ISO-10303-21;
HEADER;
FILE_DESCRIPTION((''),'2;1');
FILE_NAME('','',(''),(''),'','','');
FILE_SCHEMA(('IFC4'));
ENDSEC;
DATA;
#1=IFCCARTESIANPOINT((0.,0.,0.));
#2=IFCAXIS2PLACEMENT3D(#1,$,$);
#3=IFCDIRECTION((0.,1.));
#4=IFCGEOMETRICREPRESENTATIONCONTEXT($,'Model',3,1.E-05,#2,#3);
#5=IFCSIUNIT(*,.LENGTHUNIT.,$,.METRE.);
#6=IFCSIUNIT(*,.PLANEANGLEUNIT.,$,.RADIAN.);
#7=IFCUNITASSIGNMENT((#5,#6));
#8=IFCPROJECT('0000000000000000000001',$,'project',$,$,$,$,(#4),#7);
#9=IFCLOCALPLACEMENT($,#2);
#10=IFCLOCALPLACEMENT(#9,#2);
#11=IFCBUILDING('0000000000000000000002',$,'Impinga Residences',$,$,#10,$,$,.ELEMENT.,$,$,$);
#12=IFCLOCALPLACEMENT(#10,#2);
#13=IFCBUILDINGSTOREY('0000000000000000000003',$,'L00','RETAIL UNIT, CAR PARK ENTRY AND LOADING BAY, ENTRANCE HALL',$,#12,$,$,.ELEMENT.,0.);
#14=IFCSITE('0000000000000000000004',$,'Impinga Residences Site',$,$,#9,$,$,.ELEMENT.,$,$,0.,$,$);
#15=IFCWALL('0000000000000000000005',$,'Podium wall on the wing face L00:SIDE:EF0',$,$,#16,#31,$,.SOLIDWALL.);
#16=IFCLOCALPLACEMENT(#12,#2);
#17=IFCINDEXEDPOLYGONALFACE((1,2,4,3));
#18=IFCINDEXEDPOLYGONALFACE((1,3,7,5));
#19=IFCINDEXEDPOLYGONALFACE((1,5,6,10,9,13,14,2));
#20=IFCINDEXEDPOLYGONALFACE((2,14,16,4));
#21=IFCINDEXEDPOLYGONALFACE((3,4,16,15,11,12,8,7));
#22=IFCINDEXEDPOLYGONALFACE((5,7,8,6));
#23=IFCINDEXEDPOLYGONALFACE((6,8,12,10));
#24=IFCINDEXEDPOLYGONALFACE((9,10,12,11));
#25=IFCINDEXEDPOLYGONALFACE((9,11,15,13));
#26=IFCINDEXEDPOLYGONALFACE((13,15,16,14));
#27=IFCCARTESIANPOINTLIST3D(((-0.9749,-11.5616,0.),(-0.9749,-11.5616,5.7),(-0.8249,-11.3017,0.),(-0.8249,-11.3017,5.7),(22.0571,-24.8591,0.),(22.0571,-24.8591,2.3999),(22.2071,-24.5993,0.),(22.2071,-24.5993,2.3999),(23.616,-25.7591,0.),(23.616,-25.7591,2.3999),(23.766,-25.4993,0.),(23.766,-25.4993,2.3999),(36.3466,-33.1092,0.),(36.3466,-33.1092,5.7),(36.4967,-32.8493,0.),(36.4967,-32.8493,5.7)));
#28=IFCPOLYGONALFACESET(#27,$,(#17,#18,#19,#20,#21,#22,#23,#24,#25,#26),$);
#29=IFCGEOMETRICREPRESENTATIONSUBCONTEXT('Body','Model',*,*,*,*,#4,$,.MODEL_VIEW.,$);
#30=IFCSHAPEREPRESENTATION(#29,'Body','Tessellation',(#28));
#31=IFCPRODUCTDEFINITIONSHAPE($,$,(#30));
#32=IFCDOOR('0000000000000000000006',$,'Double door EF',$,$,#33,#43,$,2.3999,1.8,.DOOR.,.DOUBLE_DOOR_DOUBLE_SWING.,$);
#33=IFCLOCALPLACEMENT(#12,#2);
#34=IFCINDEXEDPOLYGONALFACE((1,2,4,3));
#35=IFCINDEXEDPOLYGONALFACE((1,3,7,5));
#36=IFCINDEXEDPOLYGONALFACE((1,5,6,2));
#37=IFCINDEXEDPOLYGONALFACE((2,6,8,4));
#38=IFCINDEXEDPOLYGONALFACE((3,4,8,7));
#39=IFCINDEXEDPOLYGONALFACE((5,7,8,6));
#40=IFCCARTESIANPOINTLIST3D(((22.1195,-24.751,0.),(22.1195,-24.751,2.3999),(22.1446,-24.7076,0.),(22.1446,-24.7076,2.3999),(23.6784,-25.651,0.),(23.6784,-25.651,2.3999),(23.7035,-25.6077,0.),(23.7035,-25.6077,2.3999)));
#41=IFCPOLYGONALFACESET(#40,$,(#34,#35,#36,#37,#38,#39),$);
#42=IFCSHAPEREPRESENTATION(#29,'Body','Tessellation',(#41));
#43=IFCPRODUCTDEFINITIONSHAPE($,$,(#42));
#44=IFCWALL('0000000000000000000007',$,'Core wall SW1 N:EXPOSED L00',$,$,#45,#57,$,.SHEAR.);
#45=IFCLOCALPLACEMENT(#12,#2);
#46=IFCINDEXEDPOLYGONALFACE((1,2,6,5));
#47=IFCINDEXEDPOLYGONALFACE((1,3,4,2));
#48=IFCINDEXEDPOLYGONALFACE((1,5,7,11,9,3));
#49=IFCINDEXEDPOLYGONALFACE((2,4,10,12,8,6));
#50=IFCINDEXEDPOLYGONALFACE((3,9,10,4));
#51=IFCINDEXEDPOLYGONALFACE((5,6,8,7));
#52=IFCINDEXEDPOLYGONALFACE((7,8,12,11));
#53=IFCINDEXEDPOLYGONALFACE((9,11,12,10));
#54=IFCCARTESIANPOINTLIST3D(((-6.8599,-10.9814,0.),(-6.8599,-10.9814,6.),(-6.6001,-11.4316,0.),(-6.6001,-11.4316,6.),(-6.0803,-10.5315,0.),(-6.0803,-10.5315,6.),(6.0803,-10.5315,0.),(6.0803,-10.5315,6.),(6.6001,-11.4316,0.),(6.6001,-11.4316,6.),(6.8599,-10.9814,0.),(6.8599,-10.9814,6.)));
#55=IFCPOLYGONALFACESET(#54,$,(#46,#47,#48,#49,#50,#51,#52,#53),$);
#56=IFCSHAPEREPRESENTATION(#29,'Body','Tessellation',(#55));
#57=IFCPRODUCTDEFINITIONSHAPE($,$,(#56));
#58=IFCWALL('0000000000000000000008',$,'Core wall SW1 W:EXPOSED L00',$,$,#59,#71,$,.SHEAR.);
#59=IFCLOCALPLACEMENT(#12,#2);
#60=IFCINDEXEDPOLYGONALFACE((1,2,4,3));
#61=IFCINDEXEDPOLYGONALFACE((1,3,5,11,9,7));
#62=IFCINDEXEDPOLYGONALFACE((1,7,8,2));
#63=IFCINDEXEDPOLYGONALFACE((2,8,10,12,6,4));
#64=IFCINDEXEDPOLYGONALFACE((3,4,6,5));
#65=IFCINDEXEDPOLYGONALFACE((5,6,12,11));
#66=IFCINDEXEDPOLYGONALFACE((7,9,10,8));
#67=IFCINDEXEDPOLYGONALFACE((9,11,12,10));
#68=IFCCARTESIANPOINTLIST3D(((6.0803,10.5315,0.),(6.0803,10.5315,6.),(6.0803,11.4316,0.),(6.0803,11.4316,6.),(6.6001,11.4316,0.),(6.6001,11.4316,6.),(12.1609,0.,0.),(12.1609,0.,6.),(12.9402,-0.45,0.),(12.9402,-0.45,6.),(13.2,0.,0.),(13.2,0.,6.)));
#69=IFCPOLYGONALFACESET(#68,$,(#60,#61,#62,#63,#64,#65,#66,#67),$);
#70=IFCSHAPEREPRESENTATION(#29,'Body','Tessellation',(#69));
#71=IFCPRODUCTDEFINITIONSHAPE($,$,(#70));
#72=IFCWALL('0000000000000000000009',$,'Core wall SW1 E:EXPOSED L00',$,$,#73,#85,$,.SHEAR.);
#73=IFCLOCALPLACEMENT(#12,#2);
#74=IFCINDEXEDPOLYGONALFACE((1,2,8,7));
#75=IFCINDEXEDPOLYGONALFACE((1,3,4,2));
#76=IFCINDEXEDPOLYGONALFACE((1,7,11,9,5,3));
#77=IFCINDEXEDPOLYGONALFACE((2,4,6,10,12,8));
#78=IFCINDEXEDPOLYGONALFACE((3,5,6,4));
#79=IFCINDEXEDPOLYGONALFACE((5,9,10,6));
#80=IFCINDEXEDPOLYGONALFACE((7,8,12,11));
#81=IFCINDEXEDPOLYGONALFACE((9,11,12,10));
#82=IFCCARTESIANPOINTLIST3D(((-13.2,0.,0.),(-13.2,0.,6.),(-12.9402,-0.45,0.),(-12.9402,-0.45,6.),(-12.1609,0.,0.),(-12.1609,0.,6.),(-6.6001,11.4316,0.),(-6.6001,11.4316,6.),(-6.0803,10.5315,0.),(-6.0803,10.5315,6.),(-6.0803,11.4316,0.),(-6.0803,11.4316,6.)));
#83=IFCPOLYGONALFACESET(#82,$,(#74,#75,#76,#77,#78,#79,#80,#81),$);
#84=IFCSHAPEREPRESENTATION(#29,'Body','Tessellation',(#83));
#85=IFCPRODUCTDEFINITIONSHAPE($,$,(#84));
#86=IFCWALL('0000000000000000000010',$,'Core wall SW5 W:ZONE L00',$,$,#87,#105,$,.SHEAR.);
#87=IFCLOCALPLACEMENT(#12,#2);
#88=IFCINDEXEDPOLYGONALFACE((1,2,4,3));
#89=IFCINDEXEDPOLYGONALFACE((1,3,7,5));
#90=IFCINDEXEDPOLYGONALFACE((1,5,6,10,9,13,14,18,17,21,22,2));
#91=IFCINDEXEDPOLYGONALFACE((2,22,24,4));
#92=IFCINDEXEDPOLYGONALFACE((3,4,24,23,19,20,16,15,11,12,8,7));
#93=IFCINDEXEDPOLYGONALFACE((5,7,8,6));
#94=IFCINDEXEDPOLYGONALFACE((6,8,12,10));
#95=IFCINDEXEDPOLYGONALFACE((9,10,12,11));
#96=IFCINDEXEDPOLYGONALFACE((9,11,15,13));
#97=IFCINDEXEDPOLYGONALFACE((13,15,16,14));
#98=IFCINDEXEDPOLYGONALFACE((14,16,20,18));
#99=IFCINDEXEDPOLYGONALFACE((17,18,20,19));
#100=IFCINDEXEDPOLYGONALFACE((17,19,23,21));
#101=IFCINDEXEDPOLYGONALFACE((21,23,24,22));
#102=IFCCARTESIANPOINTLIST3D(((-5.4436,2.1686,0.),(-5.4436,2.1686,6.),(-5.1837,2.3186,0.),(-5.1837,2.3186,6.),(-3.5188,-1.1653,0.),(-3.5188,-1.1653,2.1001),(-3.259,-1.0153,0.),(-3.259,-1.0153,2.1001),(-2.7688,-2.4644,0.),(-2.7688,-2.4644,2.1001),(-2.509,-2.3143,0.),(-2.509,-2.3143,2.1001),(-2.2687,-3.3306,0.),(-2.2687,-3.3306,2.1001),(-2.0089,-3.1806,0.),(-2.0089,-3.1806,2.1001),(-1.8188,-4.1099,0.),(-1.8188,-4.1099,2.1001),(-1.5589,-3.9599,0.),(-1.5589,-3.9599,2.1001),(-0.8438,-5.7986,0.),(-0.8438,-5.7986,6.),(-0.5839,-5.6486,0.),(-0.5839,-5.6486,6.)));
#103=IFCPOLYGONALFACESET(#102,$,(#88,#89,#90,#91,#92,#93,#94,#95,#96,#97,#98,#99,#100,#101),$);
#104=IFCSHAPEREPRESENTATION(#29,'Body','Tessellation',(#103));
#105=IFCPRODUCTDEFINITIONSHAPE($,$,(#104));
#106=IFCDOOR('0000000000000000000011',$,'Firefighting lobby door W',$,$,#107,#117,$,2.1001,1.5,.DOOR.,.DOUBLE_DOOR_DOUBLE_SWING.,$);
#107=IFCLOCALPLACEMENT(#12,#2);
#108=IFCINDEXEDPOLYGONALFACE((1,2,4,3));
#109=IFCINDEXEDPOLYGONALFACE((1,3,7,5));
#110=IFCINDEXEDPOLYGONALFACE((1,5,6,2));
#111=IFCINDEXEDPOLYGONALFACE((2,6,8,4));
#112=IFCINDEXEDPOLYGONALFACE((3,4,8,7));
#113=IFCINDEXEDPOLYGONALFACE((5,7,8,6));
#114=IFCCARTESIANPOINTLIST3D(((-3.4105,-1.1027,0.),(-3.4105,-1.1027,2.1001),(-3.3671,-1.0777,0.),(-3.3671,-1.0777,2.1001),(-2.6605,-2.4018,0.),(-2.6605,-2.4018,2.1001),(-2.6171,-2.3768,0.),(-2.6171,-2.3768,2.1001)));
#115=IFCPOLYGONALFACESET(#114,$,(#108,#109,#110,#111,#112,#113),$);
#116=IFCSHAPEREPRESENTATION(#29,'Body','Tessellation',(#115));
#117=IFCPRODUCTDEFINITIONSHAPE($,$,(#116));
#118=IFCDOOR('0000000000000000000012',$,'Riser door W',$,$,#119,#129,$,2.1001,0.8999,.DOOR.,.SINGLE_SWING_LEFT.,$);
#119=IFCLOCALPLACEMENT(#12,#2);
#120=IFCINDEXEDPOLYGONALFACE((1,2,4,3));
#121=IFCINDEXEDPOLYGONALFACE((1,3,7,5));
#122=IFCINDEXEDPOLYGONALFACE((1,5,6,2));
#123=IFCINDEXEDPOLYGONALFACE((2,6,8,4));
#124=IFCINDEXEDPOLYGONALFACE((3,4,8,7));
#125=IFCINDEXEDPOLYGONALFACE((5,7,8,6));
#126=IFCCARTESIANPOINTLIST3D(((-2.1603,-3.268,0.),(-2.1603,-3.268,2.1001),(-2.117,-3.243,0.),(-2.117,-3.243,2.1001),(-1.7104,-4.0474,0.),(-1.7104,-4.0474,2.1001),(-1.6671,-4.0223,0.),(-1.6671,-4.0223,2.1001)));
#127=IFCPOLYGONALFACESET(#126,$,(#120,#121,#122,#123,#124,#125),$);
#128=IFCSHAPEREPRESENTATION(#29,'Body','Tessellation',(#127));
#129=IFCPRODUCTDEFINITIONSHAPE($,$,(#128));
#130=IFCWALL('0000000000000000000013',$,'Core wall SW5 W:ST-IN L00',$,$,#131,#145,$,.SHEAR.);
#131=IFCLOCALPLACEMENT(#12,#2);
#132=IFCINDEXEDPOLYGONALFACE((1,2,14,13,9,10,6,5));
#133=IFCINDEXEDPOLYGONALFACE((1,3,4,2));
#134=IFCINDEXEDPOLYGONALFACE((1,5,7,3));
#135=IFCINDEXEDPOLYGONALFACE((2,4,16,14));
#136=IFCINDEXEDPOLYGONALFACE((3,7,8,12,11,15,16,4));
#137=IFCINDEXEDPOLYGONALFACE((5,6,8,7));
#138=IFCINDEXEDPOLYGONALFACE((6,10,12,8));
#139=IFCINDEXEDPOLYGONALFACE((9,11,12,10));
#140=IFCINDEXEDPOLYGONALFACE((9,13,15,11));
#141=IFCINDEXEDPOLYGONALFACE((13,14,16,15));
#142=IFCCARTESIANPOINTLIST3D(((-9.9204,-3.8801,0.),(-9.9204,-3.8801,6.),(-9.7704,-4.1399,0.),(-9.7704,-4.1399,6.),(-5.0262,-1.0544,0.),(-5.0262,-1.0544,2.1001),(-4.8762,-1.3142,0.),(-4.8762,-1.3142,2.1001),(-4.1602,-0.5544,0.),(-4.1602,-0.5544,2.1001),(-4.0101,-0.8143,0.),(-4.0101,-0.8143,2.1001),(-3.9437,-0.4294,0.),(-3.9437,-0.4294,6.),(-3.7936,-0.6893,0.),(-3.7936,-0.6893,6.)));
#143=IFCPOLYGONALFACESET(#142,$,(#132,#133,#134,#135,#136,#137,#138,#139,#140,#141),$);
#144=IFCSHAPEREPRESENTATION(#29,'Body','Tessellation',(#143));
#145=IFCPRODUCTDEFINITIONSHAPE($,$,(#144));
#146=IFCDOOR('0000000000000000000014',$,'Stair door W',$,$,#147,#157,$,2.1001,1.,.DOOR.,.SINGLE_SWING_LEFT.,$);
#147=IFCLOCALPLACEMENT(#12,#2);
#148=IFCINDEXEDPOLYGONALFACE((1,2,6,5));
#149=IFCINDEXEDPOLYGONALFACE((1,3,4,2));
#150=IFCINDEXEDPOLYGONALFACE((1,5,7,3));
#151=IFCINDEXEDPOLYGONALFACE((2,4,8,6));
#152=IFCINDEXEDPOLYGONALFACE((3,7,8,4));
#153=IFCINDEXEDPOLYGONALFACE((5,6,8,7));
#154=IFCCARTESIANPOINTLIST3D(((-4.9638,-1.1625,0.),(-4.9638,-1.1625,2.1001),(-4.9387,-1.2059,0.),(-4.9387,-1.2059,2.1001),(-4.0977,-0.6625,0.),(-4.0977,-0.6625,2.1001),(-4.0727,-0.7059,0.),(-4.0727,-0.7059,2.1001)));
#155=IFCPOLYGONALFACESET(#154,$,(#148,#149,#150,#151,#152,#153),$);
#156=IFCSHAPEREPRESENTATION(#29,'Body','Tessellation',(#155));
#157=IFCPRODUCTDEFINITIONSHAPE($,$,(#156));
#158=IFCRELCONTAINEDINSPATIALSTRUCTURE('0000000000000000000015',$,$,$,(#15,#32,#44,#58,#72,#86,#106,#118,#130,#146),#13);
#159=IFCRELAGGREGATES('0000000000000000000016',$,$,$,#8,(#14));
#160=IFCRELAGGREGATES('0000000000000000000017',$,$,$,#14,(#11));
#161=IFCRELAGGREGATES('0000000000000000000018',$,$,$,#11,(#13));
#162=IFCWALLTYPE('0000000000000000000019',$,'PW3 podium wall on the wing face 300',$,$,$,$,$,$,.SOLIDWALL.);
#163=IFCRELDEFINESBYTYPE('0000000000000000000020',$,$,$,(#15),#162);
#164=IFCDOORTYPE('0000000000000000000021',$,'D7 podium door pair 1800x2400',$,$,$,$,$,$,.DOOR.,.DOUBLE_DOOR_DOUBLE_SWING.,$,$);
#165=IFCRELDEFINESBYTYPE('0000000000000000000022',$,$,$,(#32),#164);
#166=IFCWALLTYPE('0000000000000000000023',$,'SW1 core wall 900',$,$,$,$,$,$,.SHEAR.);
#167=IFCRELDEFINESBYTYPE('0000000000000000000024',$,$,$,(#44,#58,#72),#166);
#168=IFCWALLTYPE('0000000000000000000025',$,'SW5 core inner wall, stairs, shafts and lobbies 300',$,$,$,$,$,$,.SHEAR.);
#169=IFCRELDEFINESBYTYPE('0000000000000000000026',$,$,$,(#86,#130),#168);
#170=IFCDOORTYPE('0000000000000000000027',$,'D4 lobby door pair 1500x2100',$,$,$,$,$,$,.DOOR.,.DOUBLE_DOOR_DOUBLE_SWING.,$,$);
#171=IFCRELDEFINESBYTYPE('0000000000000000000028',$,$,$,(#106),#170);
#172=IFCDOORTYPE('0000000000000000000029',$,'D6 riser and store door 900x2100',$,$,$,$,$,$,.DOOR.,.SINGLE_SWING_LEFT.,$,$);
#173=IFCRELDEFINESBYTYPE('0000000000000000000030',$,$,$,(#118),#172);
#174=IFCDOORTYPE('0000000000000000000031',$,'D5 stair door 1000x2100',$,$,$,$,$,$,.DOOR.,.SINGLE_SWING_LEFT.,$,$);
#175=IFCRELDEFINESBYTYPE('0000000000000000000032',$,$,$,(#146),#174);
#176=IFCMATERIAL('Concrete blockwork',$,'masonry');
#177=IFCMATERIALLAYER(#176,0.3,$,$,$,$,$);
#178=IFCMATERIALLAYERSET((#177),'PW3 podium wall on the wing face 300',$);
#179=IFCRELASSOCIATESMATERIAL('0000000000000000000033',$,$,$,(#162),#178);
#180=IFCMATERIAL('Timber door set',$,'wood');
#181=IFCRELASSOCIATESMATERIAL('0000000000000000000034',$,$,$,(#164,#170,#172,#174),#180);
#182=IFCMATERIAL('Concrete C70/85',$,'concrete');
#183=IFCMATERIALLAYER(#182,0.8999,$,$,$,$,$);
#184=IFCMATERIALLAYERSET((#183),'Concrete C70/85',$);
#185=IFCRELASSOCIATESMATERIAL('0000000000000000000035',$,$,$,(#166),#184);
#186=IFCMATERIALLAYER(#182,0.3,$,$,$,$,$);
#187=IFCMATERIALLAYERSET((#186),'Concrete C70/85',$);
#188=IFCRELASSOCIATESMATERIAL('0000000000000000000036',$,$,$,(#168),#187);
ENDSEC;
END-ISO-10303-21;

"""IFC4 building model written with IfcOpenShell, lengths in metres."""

from ifc_helpers import new_model, si_unit, direction, frame, frame_2d, origin, place, context, subcontext, project, spatial, polyline, rectangle, outline, extrude, material, layer, layer_set, type_object, element, fill, save


model = new_model("IFC4")

# Units and contexts
model_context = context("Model", 3, precision=1e-05, world=origin(), true_north=direction((0.0, 1.0)))
body_context = subcontext(model_context, "Body", "Model", "MODEL_VIEW")
ifc_project = project(units=[si_unit("LENGTHUNIT", "METRE"), si_unit("PLANEANGLEUNIT", "RADIAN")], contexts=[model_context])

# Site, building, storey
site_placement = place(None, origin())
site = spatial("IfcSite", under=ifc_project, at=site_placement, Name="Impinga Residences Site", CompositionType="ELEMENT", RefElevation=0.0)
building_placement = place(site_placement, origin())
building = spatial("IfcBuilding", under=site, at=building_placement, Name="Impinga Residences", CompositionType="ELEMENT")
storey_placement = place(building_placement, origin())
storey = spatial("IfcBuildingStorey", under=building, at=storey_placement, Name="L00", Description="RETAIL UNIT, CAR PARK ENTRY AND LOADING BAY, ENTRANCE HALL", CompositionType="ELEMENT", Elevation=0.0)

# Wall, opening, door
ifc_material_1 = material(Name="Concrete blockwork", Category="masonry")
ifc_layer_1 = layer(ifc_material_1, 0.3)
ifc_layer_set_1 = layer_set([ifc_layer_1], Name="PW3 podium wall on the wing face 300")
wall_type_1 = type_object("IfcWallType", Name="PW3 podium wall on the wing face 300", PredefinedType="SOLIDWALL", material=ifc_layer_set_1)
wall_1_placement = place(storey_placement, frame((-0.8999, -11.4316, 0.0), z_axis=(0.0, 0.0, 1.0), x_axis=(0.866025, -0.5, 0.0)))
wall_1 = element("IfcWall", 1, at=wall_1_placement, inside=storey, type_object=wall_type_1, Name="Podium wall on the wing face L00:SIDE:EF0", PredefinedType="SOLIDWALL", context=body_context, shape_type="SweptSolid", body=[
    extrude(rectangle(XDim=43.0952, YDim=0.3, at=frame_2d((21.5476, 0.0))), origin(), (0.0, 0.0, 1.0), 5.7),
])
opening_1_placement = place(wall_1_placement, frame((26.5952, 0.0, 0.0)))
opening_1 = element("IfcOpeningElement", 2, at=opening_1_placement, cuts=wall_1, PredefinedType="OPENING", context=body_context, shape_type="SweptSolid", body=[
    extrude(rectangle(XDim=1.8, YDim=2.3999, at=frame_2d((0.8999, 1.2))), frame((0.0, 0.1599, 0.0), z_axis=(0.0, -1.0, 0.0), x_axis=(1.0, 0.0, 0.0)), (0.0, 0.0, 1.0), 0.3201),
])
ifc_material_2 = material(Name="Timber door set", Category="wood")
door_type_1 = type_object("IfcDoorType", Name="D7 podium door pair 1800x2400", OperationType="DOUBLE_DOOR_DOUBLE_SWING", PredefinedType="DOOR", material=ifc_material_2)
door_1_placement = place(opening_1_placement, origin())
door_1 = element("IfcDoor", 3, at=door_1_placement, inside=storey, type_object=door_type_1, Name="Double door EF", OperationType="DOUBLE_DOOR_DOUBLE_SWING", OverallHeight=2.3999, OverallWidth=1.8, PredefinedType="DOOR", context=body_context, shape_type="SweptSolid", body=[
    extrude(rectangle(XDim=1.8, YDim=2.3999, at=frame_2d((0.8999, 1.2))), frame((0.0, 0.0249, 0.0), z_axis=(0.0, -1.0, 0.0), x_axis=(1.0, 0.0, 0.0)), (0.0, 0.0, 1.0), 0.05),
])
fill(opening_1, door_1)

# Walls
ifc_material_3 = material(Name="Concrete C70/85", Category="concrete")
ifc_layer_2 = layer(ifc_material_3, 0.8999)
ifc_layer_set_2 = layer_set([ifc_layer_2], Name="Concrete C70/85")
wall_type_2 = type_object("IfcWallType", Name="SW1 core wall 900", PredefinedType="SHEAR", material=ifc_layer_set_2)
wall_2_placement = place(storey_placement, origin())
element("IfcWall", 4, at=wall_2_placement, inside=storey, type_object=wall_type_2, Name="Core wall SW1 N:EXPOSED L00", PredefinedType="SHEAR", context=body_context, shape_type="SweptSolid", body=[
    extrude(outline(polyline([(-6.6001, -11.4316), (6.6001, -11.4316), (6.8599, -10.9814), (6.0803, -10.5315), (-6.0803, -10.5315), (-6.8599, -10.9814), (-6.6001, -11.4316)])), origin(), (0.0, 0.0, 1.0), 6.0),
])
wall_3_placement = place(storey_placement, origin())
element("IfcWall", 5, at=wall_3_placement, inside=storey, type_object=wall_type_2, Name="Core wall SW1 W:EXPOSED L00", PredefinedType="SHEAR", context=body_context, shape_type="SweptSolid", body=[
    extrude(outline(polyline([(13.2, 0.0), (6.6001, 11.4316), (6.0803, 11.4316), (6.0803, 10.5315), (12.1609, 0.0), (12.9402, -0.45), (13.2, 0.0)])), origin(), (0.0, 0.0, 1.0), 6.0),
])
wall_4_placement = place(storey_placement, origin())
element("IfcWall", 6, at=wall_4_placement, inside=storey, type_object=wall_type_2, Name="Core wall SW1 E:EXPOSED L00", PredefinedType="SHEAR", context=body_context, shape_type="SweptSolid", body=[
    extrude(outline(polyline([(-6.6001, 11.4316), (-13.2, 0.0), (-12.9402, -0.45), (-12.1609, 0.0), (-6.0803, 10.5315), (-6.0803, 11.4316), (-6.6001, 11.4316)])), origin(), (0.0, 0.0, 1.0), 6.0),
])

# Wall, openings, doors
ifc_layer_3 = layer(ifc_material_3, 0.3)
ifc_layer_set_3 = layer_set([ifc_layer_3], Name="Concrete C70/85")
wall_type_3 = type_object("IfcWallType", Name="SW5 core inner wall, stairs, shafts and lobbies 300", PredefinedType="SHEAR", material=ifc_layer_set_3)
wall_5_placement = place(storey_placement, frame((-0.7139, -5.7236, 0.0), z_axis=(0.0, 0.0, 1.0), x_axis=(-0.499995, 0.866028, 0.0)))
wall_5 = element("IfcWall", 7, at=wall_5_placement, inside=storey, type_object=wall_type_3, Name="Core wall SW5 W:ZONE L00", PredefinedType="SHEAR", context=body_context, shape_type="SweptSolid", body=[
    extrude(rectangle(XDim=9.1997, YDim=0.3, at=frame_2d((4.5999, 0.0))), origin(), (0.0, 0.0, 1.0), 6.0),
])
opening_2_placement = place(wall_5_placement, frame((3.8501, 0.0, 0.0)))
opening_2 = element("IfcOpeningElement", 8, at=opening_2_placement, cuts=wall_5, PredefinedType="OPENING", context=body_context, shape_type="SweptSolid", body=[
    extrude(rectangle(XDim=1.5, YDim=2.1001, at=frame_2d((0.75, 1.05))), frame((0.0, 0.1599, 0.0), z_axis=(0.0, -1.0, 0.0), x_axis=(1.0, 0.0, 0.0)), (0.0, 0.0, 1.0), 0.3201),
])
opening_3_placement = place(wall_5_placement, frame((1.95, 0.0, 0.0)))
opening_3 = element("IfcOpeningElement", 9, at=opening_3_placement, cuts=wall_5, PredefinedType="OPENING", context=body_context, shape_type="SweptSolid", body=[
    extrude(rectangle(XDim=0.8999, YDim=2.1001, at=frame_2d((0.45, 1.05))), frame((0.0, 0.1599, 0.0), z_axis=(0.0, -1.0, 0.0), x_axis=(1.0, 0.0, 0.0)), (0.0, 0.0, 1.0), 0.3201),
])
door_type_2 = type_object("IfcDoorType", Name="D4 lobby door pair 1500x2100", OperationType="DOUBLE_DOOR_DOUBLE_SWING", PredefinedType="DOOR", material=ifc_material_2)
door_2_placement = place(opening_2_placement, origin())
door_2 = element("IfcDoor", 10, at=door_2_placement, inside=storey, type_object=door_type_2, Name="Firefighting lobby door W", OperationType="DOUBLE_DOOR_DOUBLE_SWING", OverallHeight=2.1001, OverallWidth=1.5, PredefinedType="DOOR", context=body_context, shape_type="SweptSolid", body=[
    extrude(rectangle(XDim=1.5, YDim=2.1001, at=frame_2d((0.75, 1.05))), frame((0.0, 0.0249, 0.0), z_axis=(0.0, -1.0, 0.0), x_axis=(1.0, 0.0, 0.0)), (0.0, 0.0, 1.0), 0.05),
])
fill(opening_2, door_2)
door_type_3 = type_object("IfcDoorType", Name="D6 riser and store door 900x2100", OperationType="SINGLE_SWING_LEFT", PredefinedType="DOOR", material=ifc_material_2)
door_3_placement = place(opening_3_placement, origin())
door_3 = element("IfcDoor", 11, at=door_3_placement, inside=storey, type_object=door_type_3, Name="Riser door W", OperationType="SINGLE_SWING_LEFT", OverallHeight=2.1001, OverallWidth=0.8999, PredefinedType="DOOR", context=body_context, shape_type="SweptSolid", body=[
    extrude(rectangle(XDim=0.8999, YDim=2.1001, at=frame_2d((0.45, 1.05))), frame((0.0, 0.0249, 0.0), z_axis=(0.0, -1.0, 0.0), x_axis=(1.0, 0.0, 0.0)), (0.0, 0.0, 1.0), 0.05),
])
fill(opening_3, door_3)

# Wall, opening, door
wall_6_placement = place(storey_placement, frame((-3.8687, -0.5593, 0.0), z_axis=(0.0, 0.0, 1.0), x_axis=(-0.866027, -0.499997, 0.0)))
wall_6 = element("IfcWall", 12, at=wall_6_placement, inside=storey, type_object=wall_type_3, Name="Core wall SW5 W:ST-IN L00", PredefinedType="SHEAR", context=body_context, shape_type="SweptSolid", body=[
    extrude(rectangle(XDim=6.9014, YDim=0.3, at=frame_2d((3.4507, 0.0))), origin(), (0.0, 0.0, 1.0), 6.0),
])
opening_4_placement = place(wall_6_placement, frame((0.25, 0.0, 0.0)))
opening_4 = element("IfcOpeningElement", 13, at=opening_4_placement, cuts=wall_6, PredefinedType="OPENING", context=body_context, shape_type="SweptSolid", body=[
    extrude(rectangle(XDim=1.0, YDim=2.1001, at=frame_2d((0.5, 1.05))), frame((0.0, 0.1599, 0.0), z_axis=(0.0, -1.0, 0.0), x_axis=(1.0, 0.0, 0.0)), (0.0, 0.0, 1.0), 0.3201),
])
door_type_4 = type_object("IfcDoorType", Name="D5 stair door 1000x2100", OperationType="SINGLE_SWING_LEFT", PredefinedType="DOOR", material=ifc_material_2)
door_4_placement = place(opening_4_placement, origin())
door_4 = element("IfcDoor", 14, at=door_4_placement, inside=storey, type_object=door_type_4, Name="Stair door W", OperationType="SINGLE_SWING_LEFT", OverallHeight=2.1001, OverallWidth=1.0, PredefinedType="DOOR", context=body_context, shape_type="SweptSolid", body=[
    extrude(rectangle(XDim=1.0, YDim=2.1001, at=frame_2d((0.5, 1.05))), frame((0.0, 0.0249, 0.0), z_axis=(0.0, -1.0, 0.0), x_axis=(1.0, 0.0, 0.0)), (0.0, 0.0, 1.0), 0.05),
])
fill(opening_4, door_4)

save(model, "model.ifc")
